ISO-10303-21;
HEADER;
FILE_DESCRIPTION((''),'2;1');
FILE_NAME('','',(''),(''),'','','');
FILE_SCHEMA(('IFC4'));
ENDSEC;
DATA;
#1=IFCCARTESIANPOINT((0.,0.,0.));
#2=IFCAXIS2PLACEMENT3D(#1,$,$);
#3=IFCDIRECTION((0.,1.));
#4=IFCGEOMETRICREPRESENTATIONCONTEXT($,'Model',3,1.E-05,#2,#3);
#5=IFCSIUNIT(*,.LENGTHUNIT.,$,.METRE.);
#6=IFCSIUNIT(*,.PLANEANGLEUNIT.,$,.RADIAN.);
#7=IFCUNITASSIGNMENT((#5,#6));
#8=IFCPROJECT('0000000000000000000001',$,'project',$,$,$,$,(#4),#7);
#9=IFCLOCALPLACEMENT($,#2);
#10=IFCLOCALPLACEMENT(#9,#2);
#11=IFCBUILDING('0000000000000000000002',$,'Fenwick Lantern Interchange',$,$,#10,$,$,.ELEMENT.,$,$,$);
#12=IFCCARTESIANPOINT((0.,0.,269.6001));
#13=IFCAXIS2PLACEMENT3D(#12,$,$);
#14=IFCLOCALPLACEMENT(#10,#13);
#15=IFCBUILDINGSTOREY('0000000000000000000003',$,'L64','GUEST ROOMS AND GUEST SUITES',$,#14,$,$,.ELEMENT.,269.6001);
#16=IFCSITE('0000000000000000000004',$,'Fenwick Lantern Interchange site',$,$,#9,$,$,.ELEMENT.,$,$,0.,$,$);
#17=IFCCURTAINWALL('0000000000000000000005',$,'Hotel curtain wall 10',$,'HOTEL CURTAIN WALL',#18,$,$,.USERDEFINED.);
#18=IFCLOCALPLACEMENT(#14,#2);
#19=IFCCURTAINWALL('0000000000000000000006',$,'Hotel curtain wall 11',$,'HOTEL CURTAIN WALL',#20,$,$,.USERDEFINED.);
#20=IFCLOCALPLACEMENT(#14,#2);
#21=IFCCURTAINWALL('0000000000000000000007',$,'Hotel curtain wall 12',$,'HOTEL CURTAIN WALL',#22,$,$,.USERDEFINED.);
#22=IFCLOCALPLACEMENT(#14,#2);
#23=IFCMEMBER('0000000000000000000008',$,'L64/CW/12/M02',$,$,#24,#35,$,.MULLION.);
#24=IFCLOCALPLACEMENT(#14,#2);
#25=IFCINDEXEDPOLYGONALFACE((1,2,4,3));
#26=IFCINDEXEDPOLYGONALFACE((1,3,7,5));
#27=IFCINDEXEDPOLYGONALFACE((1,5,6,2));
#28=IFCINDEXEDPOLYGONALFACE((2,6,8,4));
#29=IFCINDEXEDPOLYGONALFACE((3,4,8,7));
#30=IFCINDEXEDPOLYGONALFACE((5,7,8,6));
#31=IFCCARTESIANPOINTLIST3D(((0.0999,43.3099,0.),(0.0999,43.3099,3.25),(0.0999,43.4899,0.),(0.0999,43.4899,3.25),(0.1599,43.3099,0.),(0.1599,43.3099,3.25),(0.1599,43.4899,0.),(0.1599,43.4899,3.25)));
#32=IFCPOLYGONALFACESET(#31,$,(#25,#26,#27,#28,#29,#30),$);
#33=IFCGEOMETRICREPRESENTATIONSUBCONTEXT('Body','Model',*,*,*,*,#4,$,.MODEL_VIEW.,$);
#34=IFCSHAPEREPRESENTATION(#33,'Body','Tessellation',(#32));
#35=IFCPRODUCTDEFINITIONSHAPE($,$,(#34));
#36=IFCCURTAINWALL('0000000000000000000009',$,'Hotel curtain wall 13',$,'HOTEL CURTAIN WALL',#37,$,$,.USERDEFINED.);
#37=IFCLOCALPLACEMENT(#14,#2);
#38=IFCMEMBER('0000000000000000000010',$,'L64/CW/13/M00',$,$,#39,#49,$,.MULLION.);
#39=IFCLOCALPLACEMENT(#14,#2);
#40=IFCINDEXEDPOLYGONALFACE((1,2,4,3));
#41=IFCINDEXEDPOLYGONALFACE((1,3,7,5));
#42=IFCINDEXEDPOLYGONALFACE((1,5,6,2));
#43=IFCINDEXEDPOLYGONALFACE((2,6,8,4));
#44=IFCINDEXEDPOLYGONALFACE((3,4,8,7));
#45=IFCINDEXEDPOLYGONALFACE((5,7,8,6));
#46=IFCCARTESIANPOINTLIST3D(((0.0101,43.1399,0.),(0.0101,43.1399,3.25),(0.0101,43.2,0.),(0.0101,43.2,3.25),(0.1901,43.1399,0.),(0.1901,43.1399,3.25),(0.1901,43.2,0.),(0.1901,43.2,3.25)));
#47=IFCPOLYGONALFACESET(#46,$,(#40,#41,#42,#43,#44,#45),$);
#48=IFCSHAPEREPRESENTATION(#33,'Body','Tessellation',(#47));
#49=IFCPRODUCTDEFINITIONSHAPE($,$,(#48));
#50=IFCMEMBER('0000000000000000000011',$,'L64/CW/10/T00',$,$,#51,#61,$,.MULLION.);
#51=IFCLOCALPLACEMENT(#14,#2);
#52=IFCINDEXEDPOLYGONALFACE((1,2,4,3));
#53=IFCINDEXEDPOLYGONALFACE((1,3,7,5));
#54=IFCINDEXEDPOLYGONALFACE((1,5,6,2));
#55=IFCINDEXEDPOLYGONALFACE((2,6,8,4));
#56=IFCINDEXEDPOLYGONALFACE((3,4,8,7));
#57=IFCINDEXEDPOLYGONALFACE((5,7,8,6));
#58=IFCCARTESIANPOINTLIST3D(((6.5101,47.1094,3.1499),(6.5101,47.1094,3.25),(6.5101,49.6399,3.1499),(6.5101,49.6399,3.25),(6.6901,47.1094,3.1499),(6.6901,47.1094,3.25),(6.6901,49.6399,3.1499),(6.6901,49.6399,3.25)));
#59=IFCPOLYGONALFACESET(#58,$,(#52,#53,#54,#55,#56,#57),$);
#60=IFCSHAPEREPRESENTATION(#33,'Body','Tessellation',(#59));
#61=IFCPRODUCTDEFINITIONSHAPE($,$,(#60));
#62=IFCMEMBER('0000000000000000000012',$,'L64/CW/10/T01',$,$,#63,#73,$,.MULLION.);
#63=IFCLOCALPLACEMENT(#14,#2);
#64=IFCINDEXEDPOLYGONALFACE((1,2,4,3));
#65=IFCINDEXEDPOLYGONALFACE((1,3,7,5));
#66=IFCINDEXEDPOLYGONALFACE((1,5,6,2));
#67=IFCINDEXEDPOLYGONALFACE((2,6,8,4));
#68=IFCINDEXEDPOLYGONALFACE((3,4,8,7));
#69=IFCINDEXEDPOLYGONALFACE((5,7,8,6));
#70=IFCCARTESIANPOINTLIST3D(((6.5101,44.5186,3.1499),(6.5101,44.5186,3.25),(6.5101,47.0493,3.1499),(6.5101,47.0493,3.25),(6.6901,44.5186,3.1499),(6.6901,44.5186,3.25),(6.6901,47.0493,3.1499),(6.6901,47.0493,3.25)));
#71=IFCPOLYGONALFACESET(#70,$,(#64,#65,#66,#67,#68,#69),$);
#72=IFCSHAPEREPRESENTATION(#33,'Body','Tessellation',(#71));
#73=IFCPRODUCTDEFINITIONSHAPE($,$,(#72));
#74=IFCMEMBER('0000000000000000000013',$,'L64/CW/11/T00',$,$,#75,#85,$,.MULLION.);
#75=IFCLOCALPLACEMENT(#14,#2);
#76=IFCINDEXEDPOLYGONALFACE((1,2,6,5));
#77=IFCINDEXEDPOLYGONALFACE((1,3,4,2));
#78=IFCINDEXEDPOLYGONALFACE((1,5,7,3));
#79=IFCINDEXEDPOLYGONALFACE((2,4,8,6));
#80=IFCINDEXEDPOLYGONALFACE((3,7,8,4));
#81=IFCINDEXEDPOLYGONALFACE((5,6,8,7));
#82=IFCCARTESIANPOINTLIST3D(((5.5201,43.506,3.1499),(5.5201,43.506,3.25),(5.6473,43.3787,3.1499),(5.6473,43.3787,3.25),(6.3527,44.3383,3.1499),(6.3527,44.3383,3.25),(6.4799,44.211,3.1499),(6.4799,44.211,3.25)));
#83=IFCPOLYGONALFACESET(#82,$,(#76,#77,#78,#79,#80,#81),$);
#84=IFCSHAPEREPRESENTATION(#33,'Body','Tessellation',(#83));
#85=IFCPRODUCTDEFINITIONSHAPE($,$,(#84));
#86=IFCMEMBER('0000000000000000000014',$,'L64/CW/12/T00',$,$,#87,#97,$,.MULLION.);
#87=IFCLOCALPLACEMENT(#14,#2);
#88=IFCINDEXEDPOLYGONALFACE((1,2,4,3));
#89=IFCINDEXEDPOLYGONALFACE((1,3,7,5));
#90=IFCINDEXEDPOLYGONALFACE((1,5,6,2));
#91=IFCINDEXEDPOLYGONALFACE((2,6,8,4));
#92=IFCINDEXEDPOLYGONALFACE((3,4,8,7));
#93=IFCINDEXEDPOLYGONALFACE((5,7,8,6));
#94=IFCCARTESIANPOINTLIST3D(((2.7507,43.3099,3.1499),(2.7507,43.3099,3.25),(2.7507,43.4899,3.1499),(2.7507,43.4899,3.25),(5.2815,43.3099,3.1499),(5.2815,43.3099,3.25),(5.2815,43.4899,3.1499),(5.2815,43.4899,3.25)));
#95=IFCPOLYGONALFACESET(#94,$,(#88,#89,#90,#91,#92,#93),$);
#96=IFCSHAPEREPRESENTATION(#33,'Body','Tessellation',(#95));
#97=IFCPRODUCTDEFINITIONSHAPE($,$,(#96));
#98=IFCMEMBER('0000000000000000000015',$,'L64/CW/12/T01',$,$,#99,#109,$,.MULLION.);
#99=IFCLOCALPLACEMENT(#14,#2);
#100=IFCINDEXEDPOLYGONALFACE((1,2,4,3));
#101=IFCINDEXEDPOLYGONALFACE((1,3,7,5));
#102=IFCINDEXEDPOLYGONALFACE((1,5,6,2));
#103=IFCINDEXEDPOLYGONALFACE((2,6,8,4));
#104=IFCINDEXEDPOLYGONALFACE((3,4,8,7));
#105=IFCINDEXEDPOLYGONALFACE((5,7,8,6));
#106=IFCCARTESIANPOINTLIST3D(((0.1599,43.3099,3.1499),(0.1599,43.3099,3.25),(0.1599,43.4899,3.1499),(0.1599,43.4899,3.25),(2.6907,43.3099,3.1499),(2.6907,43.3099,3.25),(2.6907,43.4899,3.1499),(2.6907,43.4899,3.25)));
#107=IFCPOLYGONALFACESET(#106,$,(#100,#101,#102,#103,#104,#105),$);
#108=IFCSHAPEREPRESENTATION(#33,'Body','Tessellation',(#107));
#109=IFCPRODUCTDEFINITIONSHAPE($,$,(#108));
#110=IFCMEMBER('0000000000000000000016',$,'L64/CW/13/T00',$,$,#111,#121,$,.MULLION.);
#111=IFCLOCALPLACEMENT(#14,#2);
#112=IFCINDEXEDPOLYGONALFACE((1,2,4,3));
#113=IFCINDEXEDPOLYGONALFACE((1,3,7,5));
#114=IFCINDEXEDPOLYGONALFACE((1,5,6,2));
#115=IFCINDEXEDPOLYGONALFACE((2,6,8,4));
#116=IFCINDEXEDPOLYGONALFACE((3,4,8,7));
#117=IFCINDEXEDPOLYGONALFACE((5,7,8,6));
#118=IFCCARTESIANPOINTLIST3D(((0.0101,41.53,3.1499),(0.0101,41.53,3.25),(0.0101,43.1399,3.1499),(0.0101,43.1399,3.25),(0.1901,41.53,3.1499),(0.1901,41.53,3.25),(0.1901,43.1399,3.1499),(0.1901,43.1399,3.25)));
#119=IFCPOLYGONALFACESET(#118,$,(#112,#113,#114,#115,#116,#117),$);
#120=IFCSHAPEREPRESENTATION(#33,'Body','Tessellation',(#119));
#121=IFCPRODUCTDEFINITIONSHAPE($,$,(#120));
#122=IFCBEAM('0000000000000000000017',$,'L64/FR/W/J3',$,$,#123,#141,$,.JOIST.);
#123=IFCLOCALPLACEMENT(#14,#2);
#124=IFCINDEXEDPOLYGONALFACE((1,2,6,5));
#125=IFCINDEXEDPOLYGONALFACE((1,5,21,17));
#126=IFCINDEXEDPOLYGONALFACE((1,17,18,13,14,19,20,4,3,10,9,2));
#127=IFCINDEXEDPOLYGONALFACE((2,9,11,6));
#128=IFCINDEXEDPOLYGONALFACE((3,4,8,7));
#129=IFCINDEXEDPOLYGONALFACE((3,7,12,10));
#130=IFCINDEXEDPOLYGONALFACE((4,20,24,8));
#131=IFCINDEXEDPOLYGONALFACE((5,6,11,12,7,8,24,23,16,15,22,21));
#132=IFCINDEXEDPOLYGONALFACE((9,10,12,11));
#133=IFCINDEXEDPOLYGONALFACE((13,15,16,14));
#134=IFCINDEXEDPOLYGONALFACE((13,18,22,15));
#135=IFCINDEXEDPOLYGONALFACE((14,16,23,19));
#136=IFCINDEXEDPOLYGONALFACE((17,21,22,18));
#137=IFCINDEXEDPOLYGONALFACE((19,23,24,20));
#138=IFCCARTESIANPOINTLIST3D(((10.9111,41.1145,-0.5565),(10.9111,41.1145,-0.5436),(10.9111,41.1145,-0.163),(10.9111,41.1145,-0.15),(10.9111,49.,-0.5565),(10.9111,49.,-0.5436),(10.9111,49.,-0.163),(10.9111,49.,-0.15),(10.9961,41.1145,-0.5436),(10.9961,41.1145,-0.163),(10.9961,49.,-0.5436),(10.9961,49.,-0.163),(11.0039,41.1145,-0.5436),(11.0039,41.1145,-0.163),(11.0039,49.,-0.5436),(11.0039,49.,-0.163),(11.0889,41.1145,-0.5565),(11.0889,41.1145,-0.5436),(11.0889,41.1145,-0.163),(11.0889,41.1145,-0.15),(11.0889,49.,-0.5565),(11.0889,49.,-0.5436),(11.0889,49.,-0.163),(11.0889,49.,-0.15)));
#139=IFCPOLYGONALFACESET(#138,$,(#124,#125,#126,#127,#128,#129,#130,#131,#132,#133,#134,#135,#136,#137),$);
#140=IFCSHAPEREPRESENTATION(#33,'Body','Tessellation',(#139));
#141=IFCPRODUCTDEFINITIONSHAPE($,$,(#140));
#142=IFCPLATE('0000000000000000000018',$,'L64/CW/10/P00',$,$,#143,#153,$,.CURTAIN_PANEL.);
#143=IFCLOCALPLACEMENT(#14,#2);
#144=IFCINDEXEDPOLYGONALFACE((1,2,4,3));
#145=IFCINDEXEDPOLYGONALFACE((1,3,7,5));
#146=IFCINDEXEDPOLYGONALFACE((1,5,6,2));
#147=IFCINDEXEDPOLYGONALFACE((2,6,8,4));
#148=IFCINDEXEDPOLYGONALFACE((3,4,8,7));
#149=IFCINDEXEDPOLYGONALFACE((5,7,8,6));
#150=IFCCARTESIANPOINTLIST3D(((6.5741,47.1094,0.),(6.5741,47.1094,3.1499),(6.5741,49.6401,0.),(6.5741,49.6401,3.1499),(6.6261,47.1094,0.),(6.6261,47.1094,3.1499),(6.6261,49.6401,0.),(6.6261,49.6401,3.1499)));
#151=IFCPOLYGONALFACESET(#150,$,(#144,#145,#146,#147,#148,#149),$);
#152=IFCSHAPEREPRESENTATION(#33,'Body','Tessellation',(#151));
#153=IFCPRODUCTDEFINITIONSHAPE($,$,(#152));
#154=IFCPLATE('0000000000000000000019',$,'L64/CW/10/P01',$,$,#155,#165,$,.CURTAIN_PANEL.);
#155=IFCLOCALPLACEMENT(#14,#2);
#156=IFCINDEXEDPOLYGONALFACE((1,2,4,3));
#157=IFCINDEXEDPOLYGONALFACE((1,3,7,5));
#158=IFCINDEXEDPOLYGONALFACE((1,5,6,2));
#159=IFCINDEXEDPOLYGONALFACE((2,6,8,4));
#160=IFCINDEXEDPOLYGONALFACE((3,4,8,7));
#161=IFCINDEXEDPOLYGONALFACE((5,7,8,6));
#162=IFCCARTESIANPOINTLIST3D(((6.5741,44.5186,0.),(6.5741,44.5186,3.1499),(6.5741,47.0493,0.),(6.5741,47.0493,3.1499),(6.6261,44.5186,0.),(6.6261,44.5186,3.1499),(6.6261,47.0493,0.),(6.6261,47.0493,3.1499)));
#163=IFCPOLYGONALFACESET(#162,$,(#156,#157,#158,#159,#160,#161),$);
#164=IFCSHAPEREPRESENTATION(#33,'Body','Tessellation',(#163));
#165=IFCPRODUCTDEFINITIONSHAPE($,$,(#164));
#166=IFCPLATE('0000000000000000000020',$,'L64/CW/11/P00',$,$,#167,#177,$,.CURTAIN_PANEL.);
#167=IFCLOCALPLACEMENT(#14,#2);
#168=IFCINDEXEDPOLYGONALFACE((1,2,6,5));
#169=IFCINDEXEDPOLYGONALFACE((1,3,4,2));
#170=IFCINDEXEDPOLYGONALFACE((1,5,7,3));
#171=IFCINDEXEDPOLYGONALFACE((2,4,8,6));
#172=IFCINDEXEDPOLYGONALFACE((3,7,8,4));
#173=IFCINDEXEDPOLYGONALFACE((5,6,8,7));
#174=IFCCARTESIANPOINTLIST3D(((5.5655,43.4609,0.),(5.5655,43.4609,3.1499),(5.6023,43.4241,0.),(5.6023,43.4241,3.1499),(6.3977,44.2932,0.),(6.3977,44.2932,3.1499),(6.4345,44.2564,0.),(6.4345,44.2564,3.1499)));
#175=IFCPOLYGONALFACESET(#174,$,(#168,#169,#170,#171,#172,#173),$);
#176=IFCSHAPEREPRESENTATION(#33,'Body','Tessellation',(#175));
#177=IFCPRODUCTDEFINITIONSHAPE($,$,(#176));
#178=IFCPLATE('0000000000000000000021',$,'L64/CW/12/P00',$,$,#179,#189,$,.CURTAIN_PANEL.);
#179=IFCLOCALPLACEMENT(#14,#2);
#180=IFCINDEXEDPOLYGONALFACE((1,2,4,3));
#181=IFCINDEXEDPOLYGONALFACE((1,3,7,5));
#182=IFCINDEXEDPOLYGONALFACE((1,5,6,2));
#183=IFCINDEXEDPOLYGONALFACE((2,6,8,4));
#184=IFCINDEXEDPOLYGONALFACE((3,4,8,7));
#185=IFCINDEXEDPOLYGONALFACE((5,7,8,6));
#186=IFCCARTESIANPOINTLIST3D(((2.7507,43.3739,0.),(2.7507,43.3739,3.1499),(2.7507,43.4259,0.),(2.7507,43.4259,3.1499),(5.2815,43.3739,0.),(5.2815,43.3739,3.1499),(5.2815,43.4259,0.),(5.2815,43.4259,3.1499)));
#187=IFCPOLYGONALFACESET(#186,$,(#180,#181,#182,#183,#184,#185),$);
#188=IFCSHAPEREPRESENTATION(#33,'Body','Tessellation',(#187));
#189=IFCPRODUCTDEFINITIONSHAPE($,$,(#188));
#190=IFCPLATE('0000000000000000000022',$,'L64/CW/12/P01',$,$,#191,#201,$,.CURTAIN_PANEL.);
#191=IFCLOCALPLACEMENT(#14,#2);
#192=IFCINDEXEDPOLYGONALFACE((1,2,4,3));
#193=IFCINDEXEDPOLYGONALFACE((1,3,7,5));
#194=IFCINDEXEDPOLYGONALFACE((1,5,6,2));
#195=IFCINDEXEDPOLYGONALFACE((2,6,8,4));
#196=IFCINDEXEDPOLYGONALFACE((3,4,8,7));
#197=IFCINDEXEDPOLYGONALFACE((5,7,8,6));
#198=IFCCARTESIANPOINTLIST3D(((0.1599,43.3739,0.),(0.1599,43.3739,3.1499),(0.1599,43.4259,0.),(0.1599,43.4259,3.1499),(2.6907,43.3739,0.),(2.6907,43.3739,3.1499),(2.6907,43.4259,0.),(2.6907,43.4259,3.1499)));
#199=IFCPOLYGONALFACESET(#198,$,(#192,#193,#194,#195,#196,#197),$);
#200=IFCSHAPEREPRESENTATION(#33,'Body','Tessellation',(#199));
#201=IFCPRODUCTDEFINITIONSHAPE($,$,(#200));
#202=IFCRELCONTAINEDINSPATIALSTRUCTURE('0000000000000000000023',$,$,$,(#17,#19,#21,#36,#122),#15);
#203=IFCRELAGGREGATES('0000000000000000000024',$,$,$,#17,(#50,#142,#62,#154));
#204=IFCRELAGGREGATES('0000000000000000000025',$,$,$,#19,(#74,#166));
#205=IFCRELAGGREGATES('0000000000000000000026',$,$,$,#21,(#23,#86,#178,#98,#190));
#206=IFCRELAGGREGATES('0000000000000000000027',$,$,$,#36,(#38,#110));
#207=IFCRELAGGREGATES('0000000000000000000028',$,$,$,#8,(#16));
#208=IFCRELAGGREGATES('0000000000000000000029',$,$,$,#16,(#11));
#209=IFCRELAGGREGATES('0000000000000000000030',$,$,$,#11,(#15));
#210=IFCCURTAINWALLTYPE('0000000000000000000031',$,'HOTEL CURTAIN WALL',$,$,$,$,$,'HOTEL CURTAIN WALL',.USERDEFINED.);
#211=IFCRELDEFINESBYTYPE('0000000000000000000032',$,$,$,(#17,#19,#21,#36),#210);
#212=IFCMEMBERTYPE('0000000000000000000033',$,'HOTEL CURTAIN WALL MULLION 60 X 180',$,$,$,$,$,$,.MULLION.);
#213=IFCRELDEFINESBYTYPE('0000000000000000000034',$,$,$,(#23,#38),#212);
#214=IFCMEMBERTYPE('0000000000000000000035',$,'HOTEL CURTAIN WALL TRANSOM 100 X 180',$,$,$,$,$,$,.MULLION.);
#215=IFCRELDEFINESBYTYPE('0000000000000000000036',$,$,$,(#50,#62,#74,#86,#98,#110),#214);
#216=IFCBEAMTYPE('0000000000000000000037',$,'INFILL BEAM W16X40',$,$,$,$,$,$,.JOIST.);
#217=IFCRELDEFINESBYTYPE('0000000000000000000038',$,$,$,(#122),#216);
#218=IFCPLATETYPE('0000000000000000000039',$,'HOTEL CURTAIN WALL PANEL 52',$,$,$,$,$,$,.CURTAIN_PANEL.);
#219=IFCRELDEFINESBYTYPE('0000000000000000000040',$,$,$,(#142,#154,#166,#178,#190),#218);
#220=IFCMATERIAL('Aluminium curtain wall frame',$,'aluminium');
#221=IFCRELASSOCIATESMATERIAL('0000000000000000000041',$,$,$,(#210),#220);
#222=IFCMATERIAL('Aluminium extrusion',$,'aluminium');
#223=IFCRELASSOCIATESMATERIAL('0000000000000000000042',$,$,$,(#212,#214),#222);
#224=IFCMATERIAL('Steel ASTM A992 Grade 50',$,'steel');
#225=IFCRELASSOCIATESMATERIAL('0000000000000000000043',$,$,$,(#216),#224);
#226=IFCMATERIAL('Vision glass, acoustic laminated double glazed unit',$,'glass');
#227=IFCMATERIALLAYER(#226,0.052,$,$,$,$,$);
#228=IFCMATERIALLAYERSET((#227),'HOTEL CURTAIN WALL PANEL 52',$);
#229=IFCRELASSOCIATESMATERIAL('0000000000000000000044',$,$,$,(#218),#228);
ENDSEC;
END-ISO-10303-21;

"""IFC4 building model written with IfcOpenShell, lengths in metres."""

from ifc_helpers import new_model, si_unit, direction, frame, origin, origin_2d, place, context, subcontext, project, spatial, rectangle, i_section, extrude, material, layer, layer_set, material_profile, profile_set, type_object, element, aggregate, save


model = new_model("IFC4")

# Units and contexts
model_context = context("Model", 3, precision=1e-05, world=origin(), true_north=direction((0.0, 1.0)))
body_context = subcontext(model_context, "Body", "Model", "MODEL_VIEW")
ifc_project = project(units=[si_unit("LENGTHUNIT", "METRE"), si_unit("PLANEANGLEUNIT", "RADIAN")], contexts=[model_context])

# Site, building, storey
site_placement = place(None, origin())
site = spatial("IfcSite", under=ifc_project, at=site_placement, Name="Fenwick Lantern Interchange site", CompositionType="ELEMENT", RefElevation=0.0)
building_placement = place(site_placement, origin())
building = spatial("IfcBuilding", under=site, at=building_placement, Name="Fenwick Lantern Interchange", CompositionType="ELEMENT")
storey_placement = place(building_placement, frame((0.0, 0.0, 269.6001)))
storey = spatial("IfcBuildingStorey", under=building, at=storey_placement, Name="L64", Description="GUEST ROOMS AND GUEST SUITES", CompositionType="ELEMENT", Elevation=269.6001)

# Shared definitions
ifc_material_1 = material(Name="Steel ASTM A992 Grade 50", Category="steel")

# Shared definitions
ifc_material_2 = material(Name="Aluminium curtain wall frame", Category="aluminium")
curtain_wall_type = type_object("IfcCurtainWallType", Name="HOTEL CURTAIN WALL", ElementType="HOTEL CURTAIN WALL", PredefinedType="USERDEFINED", material=ifc_material_2)
ifc_material_3 = material(Name="Aluminium extrusion", Category="aluminium")
ifc_material_profile_1 = material_profile(ifc_material_3, rectangle(XDim=0.1799, YDim=0.0601, at=origin_2d()), Name="HOTEL CURTAIN WALL MULLION 60 X 180")
ifc_profile_set_1 = profile_set([ifc_material_profile_1], Name="Aluminium extrusion")
member_type_1 = type_object("IfcMemberType", Name="HOTEL CURTAIN WALL MULLION 60 X 180", PredefinedType="MULLION", material=ifc_profile_set_1)

# Curtain walls, member
curtain_wall_1_placement = place(storey_placement, origin())
curtain_wall_1 = element("IfcCurtainWall", 1, at=curtain_wall_1_placement, inside=storey, type_object=curtain_wall_type, Name="Hotel curtain wall 10", ObjectType="HOTEL CURTAIN WALL", PredefinedType="USERDEFINED")
curtain_wall_2_placement = place(storey_placement, origin())
curtain_wall_2 = element("IfcCurtainWall", 2, at=curtain_wall_2_placement, inside=storey, type_object=curtain_wall_type, Name="Hotel curtain wall 11", ObjectType="HOTEL CURTAIN WALL", PredefinedType="USERDEFINED")
curtain_wall_3_placement = place(storey_placement, origin())
curtain_wall_3 = element("IfcCurtainWall", 3, at=curtain_wall_3_placement, inside=storey, type_object=curtain_wall_type, Name="Hotel curtain wall 12", ObjectType="HOTEL CURTAIN WALL", PredefinedType="USERDEFINED")
member_1_placement = place(storey_placement, frame((0.1299, 43.3999, 0.0), z_axis=(0.0, 0.0, 1.0), x_axis=(0.0, -1.0, 0.0)))
member_1 = element("IfcMember", 4, at=member_1_placement, type_object=member_type_1, Name="L64/CW/12/M02", PredefinedType="MULLION", context=body_context, shape_type="SweptSolid", body=[
    extrude(rectangle(XDim=0.1799, YDim=0.0601, at=origin_2d()), origin(), (0.0, 0.0, 1.0), 3.25),
])

# Curtain wall, member
curtain_wall_4_placement = place(storey_placement, origin())
curtain_wall_4 = element("IfcCurtainWall", 5, at=curtain_wall_4_placement, inside=storey, type_object=curtain_wall_type, Name="Hotel curtain wall 13", ObjectType="HOTEL CURTAIN WALL", PredefinedType="USERDEFINED")
member_2_placement = place(storey_placement, frame((0.1001, 43.1699, 0.0), z_axis=(0.0, 0.0, 1.0), x_axis=(1.0, 0.0, 0.0)))
member_2 = element("IfcMember", 6, at=member_2_placement, type_object=member_type_1, Name="L64/CW/13/M00", PredefinedType="MULLION", context=body_context, shape_type="SweptSolid", body=[
    extrude(rectangle(XDim=0.1799, YDim=0.0601, at=origin_2d()), origin(), (0.0, 0.0, 1.0), 3.25),
])

# Members
ifc_material_profile_2 = material_profile(ifc_material_3, rectangle(XDim=0.1799, YDim=0.1001, at=origin_2d()), Name="HOTEL CURTAIN WALL TRANSOM 100 X 180")
ifc_profile_set_2 = profile_set([ifc_material_profile_2], Name="Aluminium extrusion")
member_type_2 = type_object("IfcMemberType", Name="HOTEL CURTAIN WALL TRANSOM 100 X 180", PredefinedType="MULLION", material=ifc_profile_set_2)
member_3_placement = place(storey_placement, frame((6.6001, 49.6399, 3.2), z_axis=(0.0, -1.0, 0.0), x_axis=(1.0, 0.0, 0.0)))
member_3 = element("IfcMember", 7, at=member_3_placement, type_object=member_type_2, Name="L64/CW/10/T00", PredefinedType="MULLION", context=body_context, shape_type="SweptSolid", body=[
    extrude(rectangle(XDim=0.1799, YDim=0.1001, at=origin_2d()), origin(), (0.0, 0.0, 1.0), 2.5305),
])
member_4_placement = place(storey_placement, frame((6.6001, 47.0493, 3.2), z_axis=(0.0, -1.0, 0.0), x_axis=(1.0, 0.0, 0.0)))
member_4 = element("IfcMember", 8, at=member_4_placement, type_object=member_type_2, Name="L64/CW/10/T01", PredefinedType="MULLION", context=body_context, shape_type="SweptSolid", body=[
    extrude(rectangle(XDim=0.1799, YDim=0.1001, at=origin_2d()), origin(), (0.0, 0.0, 1.0), 2.5308),
])
member_5_placement = place(storey_placement, frame((6.4163, 44.2747, 3.2), z_axis=(-0.70721, -0.707003, 0.0), x_axis=(0.707003, -0.70721, 0.0)))
member_5 = element("IfcMember", 9, at=member_5_placement, type_object=member_type_2, Name="L64/CW/11/T00", PredefinedType="MULLION", context=body_context, shape_type="SweptSolid", body=[
    extrude(rectangle(XDim=0.1799, YDim=0.1001, at=origin_2d()), origin(), (0.0, 0.0, 1.0), 1.1772),
])
member_6_placement = place(storey_placement, frame((5.2815, 43.3999, 3.2), z_axis=(-1.0, 0.0, 0.0), x_axis=(0.0, -1.0, 0.0)))
member_6 = element("IfcMember", 10, at=member_6_placement, type_object=member_type_2, Name="L64/CW/12/T00", PredefinedType="MULLION", context=body_context, shape_type="SweptSolid", body=[
    extrude(rectangle(XDim=0.1799, YDim=0.1001, at=origin_2d()), origin(), (0.0, 0.0, 1.0), 2.5308),
])
member_7_placement = place(storey_placement, frame((2.6907, 43.3999, 3.2), z_axis=(-1.0, 0.0, 0.0), x_axis=(0.0, -1.0, 0.0)))
member_7 = element("IfcMember", 11, at=member_7_placement, type_object=member_type_2, Name="L64/CW/12/T01", PredefinedType="MULLION", context=body_context, shape_type="SweptSolid", body=[
    extrude(rectangle(XDim=0.1799, YDim=0.1001, at=origin_2d()), origin(), (0.0, 0.0, 1.0), 2.5308),
])
member_8_placement = place(storey_placement, frame((0.1001, 43.1399, 3.2), z_axis=(0.0, -1.0, 0.0), x_axis=(1.0, 0.0, 0.0)))
member_8 = element("IfcMember", 12, at=member_8_placement, type_object=member_type_2, Name="L64/CW/13/T00", PredefinedType="MULLION", context=body_context, shape_type="SweptSolid", body=[
    extrude(rectangle(XDim=0.1799, YDim=0.1001, at=origin_2d()), origin(), (0.0, 0.0, 1.0), 1.6099),
])

# Beam
ifc_material_profile_3 = material_profile(ifc_material_1, i_section(OverallWidth=0.1777, OverallDepth=0.4065, WebThickness=0.0078, FlangeThickness=0.0129, at=origin_2d()), Name="W16X40")
ifc_profile_set_3 = profile_set([ifc_material_profile_3], Name="Steel ASTM A992 Grade 50")
beam_type_1 = type_object("IfcBeamType", Name="INFILL BEAM W16X40", PredefinedType="JOIST", material=ifc_profile_set_3)
beam_placement = place(storey_placement, frame((11.0, 49.0, -0.3533), z_axis=(0.0, -1.0, 0.0), x_axis=(1.0, 0.0, 0.0)))
element("IfcBeam", 13, at=beam_placement, inside=storey, type_object=beam_type_1, Name="L64/FR/W/J3", PredefinedType="JOIST", context=body_context, shape_type="SweptSolid", body=[
    extrude(i_section(OverallWidth=0.1777, OverallDepth=0.4065, WebThickness=0.0078, FlangeThickness=0.0129, at=origin_2d()), origin(), (0.0, 0.0, 1.0), 7.8855),
])

# Plates
ifc_material_4 = material(Name="Vision glass, acoustic laminated double glazed unit", Category="glass")
ifc_layer_1 = layer(ifc_material_4, 0.052)
ifc_layer_set_1 = layer_set([ifc_layer_1], Name="HOTEL CURTAIN WALL PANEL 52")
plate_type = type_object("IfcPlateType", Name="HOTEL CURTAIN WALL PANEL 52", PredefinedType="CURTAIN_PANEL", material=ifc_layer_set_1)
plate_1_placement = place(storey_placement, frame((6.6001, 48.3748, 0.0), z_axis=(0.0, 0.0, 1.0), x_axis=(0.0, -1.0, 0.0)))
plate_1 = element("IfcPlate", 14, at=plate_1_placement, type_object=plate_type, Name="L64/CW/10/P00", PredefinedType="CURTAIN_PANEL", context=body_context, shape_type="SweptSolid", body=[
    extrude(rectangle(XDim=2.5308, YDim=0.052, at=origin_2d()), origin(), (0.0, 0.0, 1.0), 3.1499),
])
plate_2_placement = place(storey_placement, frame((6.6001, 45.7839, 0.0), z_axis=(0.0, 0.0, 1.0), x_axis=(0.0, -1.0, 0.0)))
plate_2 = element("IfcPlate", 15, at=plate_2_placement, type_object=plate_type, Name="L64/CW/10/P01", PredefinedType="CURTAIN_PANEL", context=body_context, shape_type="SweptSolid", body=[
    extrude(rectangle(XDim=2.5308, YDim=0.052, at=origin_2d()), origin(), (0.0, 0.0, 1.0), 3.1499),
])
aggregate(curtain_wall_1, [member_3, plate_1, member_4, plate_2])
plate_3_placement = place(storey_placement, frame((6.0, 43.8586, 0.0), z_axis=(0.0, 0.0, 1.0), x_axis=(-0.707107, -0.707107, 0.0)))
plate_3 = element("IfcPlate", 16, at=plate_3_placement, type_object=plate_type, Name="L64/CW/11/P00", PredefinedType="CURTAIN_PANEL", context=body_context, shape_type="SweptSolid", body=[
    extrude(rectangle(XDim=1.177, YDim=0.052, at=origin_2d()), origin(), (0.0, 0.0, 1.0), 3.1499),
])
aggregate(curtain_wall_2, [member_5, plate_3])
plate_4_placement = place(storey_placement, frame((4.0161, 43.3999, 0.0), z_axis=(0.0, 0.0, 1.0), x_axis=(-1.0, 0.0, 0.0)))
plate_4 = element("IfcPlate", 17, at=plate_4_placement, type_object=plate_type, Name="L64/CW/12/P00", PredefinedType="CURTAIN_PANEL", context=body_context, shape_type="SweptSolid", body=[
    extrude(rectangle(XDim=2.5308, YDim=0.052, at=origin_2d()), origin(), (0.0, 0.0, 1.0), 3.1499),
])
plate_5_placement = place(storey_placement, frame((1.4253, 43.3999, 0.0), z_axis=(0.0, 0.0, 1.0), x_axis=(-1.0, 0.0, 0.0)))
plate_5 = element("IfcPlate", 18, at=plate_5_placement, type_object=plate_type, Name="L64/CW/12/P01", PredefinedType="CURTAIN_PANEL", context=body_context, shape_type="SweptSolid", body=[
    extrude(rectangle(XDim=2.5308, YDim=0.052, at=origin_2d()), origin(), (0.0, 0.0, 1.0), 3.1499),
])
aggregate(curtain_wall_3, [member_1, member_6, plate_4, member_7, plate_5])
aggregate(curtain_wall_4, [member_2, member_8])

save(model, "model.ifc")
